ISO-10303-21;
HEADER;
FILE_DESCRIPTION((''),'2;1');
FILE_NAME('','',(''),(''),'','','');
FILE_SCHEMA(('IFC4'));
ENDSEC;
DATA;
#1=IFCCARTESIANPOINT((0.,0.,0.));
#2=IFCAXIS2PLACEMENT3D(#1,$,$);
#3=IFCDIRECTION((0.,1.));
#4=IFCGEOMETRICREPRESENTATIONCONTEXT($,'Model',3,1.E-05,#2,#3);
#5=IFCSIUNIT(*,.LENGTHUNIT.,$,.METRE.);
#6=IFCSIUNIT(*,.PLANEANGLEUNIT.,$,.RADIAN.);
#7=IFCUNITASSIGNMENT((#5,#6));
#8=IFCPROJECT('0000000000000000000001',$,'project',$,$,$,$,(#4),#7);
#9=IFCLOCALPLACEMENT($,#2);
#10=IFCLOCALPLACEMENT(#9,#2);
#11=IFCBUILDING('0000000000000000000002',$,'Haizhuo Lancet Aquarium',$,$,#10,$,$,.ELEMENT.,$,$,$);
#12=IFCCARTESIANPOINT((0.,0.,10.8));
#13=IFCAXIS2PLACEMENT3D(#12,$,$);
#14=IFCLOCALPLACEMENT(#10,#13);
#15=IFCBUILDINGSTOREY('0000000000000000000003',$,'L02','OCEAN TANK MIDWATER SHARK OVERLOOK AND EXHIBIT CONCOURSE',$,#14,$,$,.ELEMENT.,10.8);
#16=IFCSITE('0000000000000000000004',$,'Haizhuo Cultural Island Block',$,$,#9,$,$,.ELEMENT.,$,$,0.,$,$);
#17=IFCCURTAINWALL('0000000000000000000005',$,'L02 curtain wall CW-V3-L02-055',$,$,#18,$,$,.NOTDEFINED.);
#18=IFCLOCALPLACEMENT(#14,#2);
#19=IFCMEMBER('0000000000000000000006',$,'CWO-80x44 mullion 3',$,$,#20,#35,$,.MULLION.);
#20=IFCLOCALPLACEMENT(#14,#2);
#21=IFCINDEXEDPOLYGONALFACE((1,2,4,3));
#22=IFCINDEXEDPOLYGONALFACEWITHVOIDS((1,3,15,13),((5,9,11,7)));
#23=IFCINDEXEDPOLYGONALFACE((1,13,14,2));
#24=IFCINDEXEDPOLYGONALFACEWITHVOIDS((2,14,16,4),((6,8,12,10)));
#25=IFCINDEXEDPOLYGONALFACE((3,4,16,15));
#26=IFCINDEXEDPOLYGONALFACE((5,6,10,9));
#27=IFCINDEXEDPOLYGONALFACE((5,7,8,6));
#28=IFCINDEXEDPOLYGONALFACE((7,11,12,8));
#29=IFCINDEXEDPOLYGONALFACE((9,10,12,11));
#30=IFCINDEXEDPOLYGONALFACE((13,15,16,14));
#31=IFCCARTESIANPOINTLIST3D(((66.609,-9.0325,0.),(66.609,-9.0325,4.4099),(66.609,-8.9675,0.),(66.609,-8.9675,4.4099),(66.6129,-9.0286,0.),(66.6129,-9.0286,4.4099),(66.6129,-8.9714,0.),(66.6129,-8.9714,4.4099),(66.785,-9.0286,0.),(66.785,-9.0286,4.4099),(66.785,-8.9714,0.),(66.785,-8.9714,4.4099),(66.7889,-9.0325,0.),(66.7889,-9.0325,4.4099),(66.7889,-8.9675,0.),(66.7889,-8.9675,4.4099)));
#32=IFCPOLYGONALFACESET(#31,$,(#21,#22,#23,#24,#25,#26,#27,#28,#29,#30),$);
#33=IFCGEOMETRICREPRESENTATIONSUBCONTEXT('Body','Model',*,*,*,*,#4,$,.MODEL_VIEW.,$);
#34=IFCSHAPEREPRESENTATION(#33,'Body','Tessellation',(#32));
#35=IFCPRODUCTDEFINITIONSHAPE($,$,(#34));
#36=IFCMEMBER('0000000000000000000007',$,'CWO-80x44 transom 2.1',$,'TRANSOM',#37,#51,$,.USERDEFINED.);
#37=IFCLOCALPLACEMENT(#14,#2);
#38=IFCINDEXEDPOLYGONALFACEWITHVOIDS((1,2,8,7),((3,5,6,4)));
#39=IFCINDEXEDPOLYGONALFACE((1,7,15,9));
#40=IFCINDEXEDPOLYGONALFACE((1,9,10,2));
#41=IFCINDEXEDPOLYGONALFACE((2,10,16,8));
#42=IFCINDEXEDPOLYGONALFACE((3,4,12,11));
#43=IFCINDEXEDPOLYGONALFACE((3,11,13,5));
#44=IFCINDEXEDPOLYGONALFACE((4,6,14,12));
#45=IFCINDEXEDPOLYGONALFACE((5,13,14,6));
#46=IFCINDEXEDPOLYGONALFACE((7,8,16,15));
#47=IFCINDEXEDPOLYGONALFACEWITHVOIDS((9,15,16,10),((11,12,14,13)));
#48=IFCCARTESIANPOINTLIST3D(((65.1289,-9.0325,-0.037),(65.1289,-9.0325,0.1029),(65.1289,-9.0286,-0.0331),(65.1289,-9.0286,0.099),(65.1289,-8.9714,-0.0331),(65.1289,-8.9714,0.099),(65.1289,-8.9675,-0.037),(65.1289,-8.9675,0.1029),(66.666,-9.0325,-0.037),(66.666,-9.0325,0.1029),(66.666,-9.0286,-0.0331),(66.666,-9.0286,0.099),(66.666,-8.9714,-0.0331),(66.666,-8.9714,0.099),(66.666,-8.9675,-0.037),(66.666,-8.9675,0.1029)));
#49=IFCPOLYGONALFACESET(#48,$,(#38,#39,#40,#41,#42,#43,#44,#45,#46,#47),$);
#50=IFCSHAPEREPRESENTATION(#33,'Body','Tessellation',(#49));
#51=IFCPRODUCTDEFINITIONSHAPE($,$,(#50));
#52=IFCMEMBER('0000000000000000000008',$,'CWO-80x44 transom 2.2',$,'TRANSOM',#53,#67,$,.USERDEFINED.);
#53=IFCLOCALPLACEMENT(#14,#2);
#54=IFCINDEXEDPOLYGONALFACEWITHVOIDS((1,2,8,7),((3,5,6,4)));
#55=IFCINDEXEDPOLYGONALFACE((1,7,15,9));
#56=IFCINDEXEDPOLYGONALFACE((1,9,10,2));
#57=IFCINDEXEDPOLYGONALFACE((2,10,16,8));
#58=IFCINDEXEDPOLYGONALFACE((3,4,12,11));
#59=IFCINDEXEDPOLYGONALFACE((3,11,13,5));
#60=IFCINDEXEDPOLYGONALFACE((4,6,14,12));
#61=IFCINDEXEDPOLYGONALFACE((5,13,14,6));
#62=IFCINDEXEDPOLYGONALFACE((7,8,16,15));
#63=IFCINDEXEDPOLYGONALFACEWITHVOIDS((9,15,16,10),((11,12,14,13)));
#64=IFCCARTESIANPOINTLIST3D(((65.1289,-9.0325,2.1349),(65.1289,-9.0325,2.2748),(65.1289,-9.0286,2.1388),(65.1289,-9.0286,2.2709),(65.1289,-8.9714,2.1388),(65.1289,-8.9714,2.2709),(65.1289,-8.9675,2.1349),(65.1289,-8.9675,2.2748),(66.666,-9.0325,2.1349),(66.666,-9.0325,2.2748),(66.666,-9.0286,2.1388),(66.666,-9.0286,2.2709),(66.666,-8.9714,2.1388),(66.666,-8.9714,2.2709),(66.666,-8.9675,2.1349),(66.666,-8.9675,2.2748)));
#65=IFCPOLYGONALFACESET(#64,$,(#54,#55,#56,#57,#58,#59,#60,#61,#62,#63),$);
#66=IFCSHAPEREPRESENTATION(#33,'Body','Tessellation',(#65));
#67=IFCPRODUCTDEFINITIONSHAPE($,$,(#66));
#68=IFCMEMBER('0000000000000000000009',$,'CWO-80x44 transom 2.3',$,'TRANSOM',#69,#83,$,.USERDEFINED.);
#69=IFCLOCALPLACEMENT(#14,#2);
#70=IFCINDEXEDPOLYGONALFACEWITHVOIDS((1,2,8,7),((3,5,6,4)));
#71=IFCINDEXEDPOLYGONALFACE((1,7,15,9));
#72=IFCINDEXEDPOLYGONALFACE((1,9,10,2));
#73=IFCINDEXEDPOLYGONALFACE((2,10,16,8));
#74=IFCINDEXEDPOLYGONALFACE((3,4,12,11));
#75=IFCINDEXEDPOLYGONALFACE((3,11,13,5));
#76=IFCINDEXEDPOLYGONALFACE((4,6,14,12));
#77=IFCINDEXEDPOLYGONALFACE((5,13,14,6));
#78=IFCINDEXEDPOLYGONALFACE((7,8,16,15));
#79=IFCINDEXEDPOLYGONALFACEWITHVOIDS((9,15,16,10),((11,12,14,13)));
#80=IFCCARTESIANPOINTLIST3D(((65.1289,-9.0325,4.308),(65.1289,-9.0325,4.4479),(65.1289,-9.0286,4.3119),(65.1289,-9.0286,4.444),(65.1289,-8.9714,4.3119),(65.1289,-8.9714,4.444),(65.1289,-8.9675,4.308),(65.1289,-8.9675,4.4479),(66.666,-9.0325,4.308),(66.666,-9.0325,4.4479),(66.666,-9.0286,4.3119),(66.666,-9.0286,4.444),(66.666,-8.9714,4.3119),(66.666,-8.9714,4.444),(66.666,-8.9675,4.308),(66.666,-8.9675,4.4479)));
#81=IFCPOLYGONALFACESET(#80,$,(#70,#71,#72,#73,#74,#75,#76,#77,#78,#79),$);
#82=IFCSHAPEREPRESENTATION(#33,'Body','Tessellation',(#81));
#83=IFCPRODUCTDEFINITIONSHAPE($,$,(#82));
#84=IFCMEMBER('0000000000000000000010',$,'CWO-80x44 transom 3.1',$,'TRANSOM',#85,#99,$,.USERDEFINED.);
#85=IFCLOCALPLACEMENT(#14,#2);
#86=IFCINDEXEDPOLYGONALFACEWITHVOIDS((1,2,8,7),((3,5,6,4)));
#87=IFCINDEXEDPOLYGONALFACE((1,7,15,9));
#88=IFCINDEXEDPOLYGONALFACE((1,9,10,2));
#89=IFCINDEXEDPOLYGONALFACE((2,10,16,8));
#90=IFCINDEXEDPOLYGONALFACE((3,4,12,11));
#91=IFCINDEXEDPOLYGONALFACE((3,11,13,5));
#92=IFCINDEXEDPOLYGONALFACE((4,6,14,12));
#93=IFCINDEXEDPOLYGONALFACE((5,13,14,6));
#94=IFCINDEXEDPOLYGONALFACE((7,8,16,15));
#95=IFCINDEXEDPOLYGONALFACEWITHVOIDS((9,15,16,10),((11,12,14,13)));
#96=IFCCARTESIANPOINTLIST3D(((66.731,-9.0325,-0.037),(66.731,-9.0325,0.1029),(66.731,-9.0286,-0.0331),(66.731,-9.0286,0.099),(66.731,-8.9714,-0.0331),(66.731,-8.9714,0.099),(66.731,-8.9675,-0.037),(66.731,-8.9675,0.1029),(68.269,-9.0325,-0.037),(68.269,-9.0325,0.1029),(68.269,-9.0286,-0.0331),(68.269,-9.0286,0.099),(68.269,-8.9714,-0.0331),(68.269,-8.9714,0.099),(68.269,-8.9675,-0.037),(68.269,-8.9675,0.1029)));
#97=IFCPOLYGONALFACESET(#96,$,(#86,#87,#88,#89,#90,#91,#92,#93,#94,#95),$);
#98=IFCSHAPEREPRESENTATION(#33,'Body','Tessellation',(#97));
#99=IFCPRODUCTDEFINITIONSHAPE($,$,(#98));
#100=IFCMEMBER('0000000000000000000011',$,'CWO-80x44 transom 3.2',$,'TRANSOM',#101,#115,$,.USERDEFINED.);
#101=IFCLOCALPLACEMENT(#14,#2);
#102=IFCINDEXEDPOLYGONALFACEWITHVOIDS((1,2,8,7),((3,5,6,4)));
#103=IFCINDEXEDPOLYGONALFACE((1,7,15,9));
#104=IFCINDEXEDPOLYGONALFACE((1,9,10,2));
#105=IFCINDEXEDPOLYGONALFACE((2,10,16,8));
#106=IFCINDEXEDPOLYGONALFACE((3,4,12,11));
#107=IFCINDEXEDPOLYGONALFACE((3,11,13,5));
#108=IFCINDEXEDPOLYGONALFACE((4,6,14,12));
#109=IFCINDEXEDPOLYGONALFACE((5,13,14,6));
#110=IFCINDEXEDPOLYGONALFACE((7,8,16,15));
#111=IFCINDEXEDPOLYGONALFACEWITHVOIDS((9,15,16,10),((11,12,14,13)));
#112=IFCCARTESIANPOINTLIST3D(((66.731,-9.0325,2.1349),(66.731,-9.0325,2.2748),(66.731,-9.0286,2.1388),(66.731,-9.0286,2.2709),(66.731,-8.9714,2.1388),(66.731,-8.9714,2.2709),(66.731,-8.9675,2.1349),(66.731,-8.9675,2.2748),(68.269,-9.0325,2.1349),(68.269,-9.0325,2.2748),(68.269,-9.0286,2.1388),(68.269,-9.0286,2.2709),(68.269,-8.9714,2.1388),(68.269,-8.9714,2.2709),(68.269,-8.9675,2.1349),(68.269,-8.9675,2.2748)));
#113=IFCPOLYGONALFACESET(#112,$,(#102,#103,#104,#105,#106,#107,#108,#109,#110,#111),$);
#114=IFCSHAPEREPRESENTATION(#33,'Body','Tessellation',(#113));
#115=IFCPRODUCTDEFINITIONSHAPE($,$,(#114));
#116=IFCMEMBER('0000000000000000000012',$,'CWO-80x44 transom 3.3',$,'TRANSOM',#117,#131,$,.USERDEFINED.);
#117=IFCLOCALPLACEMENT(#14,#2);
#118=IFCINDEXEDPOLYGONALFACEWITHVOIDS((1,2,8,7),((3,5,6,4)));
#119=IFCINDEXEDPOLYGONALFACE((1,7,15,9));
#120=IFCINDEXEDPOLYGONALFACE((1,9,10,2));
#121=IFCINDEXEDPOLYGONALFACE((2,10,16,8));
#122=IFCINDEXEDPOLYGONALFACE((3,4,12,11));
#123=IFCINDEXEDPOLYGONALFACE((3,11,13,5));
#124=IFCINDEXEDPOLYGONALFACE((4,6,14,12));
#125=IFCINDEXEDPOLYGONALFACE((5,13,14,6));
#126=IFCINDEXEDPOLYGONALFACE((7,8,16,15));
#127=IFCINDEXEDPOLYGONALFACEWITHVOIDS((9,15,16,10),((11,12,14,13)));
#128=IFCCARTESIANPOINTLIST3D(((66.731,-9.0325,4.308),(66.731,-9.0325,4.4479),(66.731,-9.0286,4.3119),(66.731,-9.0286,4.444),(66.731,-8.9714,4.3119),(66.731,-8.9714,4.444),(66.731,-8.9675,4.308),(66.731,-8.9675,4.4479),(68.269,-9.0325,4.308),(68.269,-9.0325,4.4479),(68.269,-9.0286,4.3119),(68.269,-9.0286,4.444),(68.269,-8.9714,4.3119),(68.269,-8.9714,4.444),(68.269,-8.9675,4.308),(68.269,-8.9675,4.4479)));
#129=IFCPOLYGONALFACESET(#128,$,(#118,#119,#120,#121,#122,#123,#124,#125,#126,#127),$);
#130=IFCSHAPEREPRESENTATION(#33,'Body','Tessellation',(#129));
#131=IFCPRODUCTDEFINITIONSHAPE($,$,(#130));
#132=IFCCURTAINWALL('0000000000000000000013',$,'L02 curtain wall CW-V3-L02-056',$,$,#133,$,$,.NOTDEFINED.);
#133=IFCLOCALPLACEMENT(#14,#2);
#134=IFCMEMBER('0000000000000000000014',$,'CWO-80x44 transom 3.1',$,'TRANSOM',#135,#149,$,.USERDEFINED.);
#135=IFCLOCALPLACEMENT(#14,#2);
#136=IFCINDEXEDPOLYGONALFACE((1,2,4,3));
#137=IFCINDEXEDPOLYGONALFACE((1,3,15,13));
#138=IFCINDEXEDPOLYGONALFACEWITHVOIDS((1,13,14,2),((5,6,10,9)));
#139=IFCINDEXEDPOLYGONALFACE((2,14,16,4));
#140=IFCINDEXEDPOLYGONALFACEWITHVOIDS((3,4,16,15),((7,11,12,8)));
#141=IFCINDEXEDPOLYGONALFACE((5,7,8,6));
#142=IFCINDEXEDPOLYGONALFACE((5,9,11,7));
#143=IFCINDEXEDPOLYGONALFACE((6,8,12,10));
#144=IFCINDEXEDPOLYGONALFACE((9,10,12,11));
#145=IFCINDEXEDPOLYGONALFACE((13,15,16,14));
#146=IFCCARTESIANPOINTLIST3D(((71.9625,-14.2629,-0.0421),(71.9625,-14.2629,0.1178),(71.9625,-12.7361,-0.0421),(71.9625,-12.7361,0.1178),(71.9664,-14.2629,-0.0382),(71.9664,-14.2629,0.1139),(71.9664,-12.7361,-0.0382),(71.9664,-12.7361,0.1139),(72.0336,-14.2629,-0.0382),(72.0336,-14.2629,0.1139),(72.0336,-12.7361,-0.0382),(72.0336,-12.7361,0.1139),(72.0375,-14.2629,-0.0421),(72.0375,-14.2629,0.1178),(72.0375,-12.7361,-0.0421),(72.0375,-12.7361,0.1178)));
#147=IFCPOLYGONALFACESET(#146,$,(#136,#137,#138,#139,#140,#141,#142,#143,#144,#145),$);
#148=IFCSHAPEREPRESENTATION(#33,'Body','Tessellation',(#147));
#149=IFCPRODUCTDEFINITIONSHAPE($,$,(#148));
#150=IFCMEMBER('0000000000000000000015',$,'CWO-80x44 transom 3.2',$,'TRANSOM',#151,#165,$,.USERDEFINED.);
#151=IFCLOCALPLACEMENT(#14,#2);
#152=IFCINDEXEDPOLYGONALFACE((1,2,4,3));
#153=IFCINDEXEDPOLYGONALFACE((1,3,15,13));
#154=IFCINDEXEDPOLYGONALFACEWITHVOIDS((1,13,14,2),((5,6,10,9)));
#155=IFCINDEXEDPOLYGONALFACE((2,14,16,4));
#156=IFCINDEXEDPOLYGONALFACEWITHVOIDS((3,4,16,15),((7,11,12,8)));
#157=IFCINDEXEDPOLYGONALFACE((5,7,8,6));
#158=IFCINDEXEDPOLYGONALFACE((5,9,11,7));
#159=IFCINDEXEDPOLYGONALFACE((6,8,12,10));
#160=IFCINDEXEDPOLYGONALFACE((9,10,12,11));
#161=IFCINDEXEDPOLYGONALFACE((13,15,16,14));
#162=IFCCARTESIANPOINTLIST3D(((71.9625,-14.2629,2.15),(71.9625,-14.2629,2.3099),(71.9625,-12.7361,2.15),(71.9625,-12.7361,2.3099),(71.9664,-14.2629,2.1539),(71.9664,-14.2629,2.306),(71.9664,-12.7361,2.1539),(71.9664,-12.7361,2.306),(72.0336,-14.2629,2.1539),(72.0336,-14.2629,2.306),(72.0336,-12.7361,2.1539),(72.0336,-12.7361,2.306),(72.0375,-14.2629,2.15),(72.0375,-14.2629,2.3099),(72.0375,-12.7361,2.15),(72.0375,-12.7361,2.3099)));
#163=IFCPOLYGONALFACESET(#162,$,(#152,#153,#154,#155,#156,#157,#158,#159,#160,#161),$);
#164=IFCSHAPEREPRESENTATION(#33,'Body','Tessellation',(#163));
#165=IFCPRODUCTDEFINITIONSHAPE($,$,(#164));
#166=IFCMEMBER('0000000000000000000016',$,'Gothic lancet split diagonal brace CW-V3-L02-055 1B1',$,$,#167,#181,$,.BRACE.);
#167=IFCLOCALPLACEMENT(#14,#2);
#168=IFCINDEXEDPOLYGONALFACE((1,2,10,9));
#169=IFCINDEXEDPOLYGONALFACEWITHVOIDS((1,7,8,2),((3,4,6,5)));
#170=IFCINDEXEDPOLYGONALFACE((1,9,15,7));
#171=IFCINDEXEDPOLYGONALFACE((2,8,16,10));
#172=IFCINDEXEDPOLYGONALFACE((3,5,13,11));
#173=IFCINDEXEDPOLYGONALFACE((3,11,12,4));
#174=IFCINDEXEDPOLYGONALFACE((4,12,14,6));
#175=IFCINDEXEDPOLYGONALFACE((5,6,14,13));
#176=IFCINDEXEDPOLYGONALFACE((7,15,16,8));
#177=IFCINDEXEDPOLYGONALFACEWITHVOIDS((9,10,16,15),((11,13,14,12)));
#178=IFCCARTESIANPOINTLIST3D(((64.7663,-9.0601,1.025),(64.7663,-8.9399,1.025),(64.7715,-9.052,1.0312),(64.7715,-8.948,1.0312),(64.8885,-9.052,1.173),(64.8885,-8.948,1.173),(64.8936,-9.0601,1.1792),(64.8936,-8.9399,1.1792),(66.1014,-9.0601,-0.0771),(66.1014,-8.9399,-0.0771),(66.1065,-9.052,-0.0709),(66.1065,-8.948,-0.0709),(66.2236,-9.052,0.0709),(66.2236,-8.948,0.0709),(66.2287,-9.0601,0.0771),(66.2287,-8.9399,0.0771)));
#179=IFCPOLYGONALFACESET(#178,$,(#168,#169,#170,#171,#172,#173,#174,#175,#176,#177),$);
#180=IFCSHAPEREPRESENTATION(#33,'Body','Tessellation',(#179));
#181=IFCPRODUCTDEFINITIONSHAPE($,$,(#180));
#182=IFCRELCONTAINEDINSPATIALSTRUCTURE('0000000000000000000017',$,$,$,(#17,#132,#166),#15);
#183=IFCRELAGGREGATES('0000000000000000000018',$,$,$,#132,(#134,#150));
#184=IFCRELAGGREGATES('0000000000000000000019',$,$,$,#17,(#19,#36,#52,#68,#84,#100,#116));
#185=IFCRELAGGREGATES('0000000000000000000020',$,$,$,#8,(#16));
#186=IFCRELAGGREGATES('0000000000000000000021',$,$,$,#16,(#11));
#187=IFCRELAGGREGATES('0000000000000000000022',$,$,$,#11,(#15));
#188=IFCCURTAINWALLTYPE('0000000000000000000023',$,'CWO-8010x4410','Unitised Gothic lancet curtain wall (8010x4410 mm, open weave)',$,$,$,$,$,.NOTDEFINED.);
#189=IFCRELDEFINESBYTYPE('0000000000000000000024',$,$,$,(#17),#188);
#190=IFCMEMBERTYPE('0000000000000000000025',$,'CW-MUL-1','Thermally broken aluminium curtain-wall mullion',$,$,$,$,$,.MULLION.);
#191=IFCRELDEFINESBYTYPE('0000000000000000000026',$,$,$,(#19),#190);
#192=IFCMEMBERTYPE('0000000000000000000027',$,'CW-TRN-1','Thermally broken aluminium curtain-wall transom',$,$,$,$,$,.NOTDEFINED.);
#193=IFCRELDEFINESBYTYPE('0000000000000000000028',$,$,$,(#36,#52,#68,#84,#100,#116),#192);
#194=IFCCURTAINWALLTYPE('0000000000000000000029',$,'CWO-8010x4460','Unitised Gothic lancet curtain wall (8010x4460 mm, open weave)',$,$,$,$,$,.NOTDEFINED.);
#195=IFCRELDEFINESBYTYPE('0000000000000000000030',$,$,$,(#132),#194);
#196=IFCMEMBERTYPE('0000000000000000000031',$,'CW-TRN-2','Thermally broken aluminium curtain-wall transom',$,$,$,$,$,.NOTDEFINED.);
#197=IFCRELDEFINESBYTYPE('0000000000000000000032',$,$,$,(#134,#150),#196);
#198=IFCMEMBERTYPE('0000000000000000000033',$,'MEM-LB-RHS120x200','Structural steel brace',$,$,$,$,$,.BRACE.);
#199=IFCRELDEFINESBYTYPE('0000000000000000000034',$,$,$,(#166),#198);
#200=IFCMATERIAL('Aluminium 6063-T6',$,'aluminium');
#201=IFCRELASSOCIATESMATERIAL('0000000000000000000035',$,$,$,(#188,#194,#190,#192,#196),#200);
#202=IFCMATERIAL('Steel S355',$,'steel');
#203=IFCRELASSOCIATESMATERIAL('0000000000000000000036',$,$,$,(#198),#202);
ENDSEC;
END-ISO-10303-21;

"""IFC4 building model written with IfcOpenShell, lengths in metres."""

from ifc_helpers import new_model, si_unit, direction, frame, origin, origin_2d, place, context, subcontext, project, spatial, hollow_rectangle, extrude, material, material_profile, profile_set, type_object, element, aggregate, save


model = new_model("IFC4")

# Units and contexts
model_context = context("Model", 3, precision=1e-05, world=origin(), true_north=direction((0.0, 1.0)))
body_context = subcontext(model_context, "Body", "Model", "MODEL_VIEW")
ifc_project = project(units=[si_unit("LENGTHUNIT", "METRE"), si_unit("PLANEANGLEUNIT", "RADIAN")], contexts=[model_context])

# Site, building, storey
site_placement = place(None, origin())
site = spatial("IfcSite", under=ifc_project, at=site_placement, Name="Haizhuo Cultural Island Block", CompositionType="ELEMENT", RefElevation=0.0)
building_placement = place(site_placement, origin())
building = spatial("IfcBuilding", under=site, at=building_placement, Name="Haizhuo Lancet Aquarium", CompositionType="ELEMENT")
storey_placement = place(building_placement, frame((0.0, 0.0, 10.8)))
storey = spatial("IfcBuildingStorey", under=building, at=storey_placement, Name="L02", Description="OCEAN TANK MIDWATER SHARK OVERLOOK AND EXHIBIT CONCOURSE", CompositionType="ELEMENT", Elevation=10.8)

# Curtain walls, members
ifc_material_1 = material(Name="Aluminium 6063-T6", Category="aluminium")
curtain_wall_type_1 = type_object("IfcCurtainWallType", Name="CWO-8010x4410", Description="Unitised Gothic lancet curtain wall (8010x4410 mm, open weave)", PredefinedType="NOTDEFINED", material=ifc_material_1)
curtain_wall_1_placement = place(storey_placement, origin())
curtain_wall_1 = element("IfcCurtainWall", 1, at=curtain_wall_1_placement, inside=storey, type_object=curtain_wall_type_1, Name="L02 curtain wall CW-V3-L02-055", PredefinedType="NOTDEFINED")
ifc_material_profile_1 = material_profile(ifc_material_1, hollow_rectangle(XDim=0.0649, YDim=0.1799, WallThickness=0.0039, at=origin_2d()), Name="ALU-M 65x180x4")
ifc_profile_set_1 = profile_set([ifc_material_profile_1], Name="Aluminium 6063-T6")
member_type_1 = type_object("IfcMemberType", Name="CW-MUL-1", Description="Thermally broken aluminium curtain-wall mullion", PredefinedType="MULLION", material=ifc_profile_set_1)
member_1_placement = place(storey_placement, frame((66.699, -9.0, 0.0), z_axis=(0.0, 0.0, 1.0), x_axis=(0.0, 1.0, 0.0)))
member_1 = element("IfcMember", 2, at=member_1_placement, type_object=member_type_1, Name="CWO-80x44 mullion 3", PredefinedType="MULLION", context=body_context, shape_type="SweptSolid", body=[
    extrude(hollow_rectangle(XDim=0.0649, YDim=0.1799, WallThickness=0.0039, at=origin_2d()), origin(), (0.0, 0.0, 1.0), 4.4099),
])
ifc_material_profile_2 = material_profile(ifc_material_1, hollow_rectangle(XDim=0.0649, YDim=0.1399, WallThickness=0.0039, at=origin_2d()), Name="ALU-T 65x140x4")
ifc_profile_set_2 = profile_set([ifc_material_profile_2], Name="Aluminium 6063-T6")
member_type_2 = type_object("IfcMemberType", Name="CW-TRN-1", Description="Thermally broken aluminium curtain-wall transom", PredefinedType="NOTDEFINED", material=ifc_profile_set_2)
member_2_placement = place(storey_placement, frame((65.1289, -9.0, 0.033), z_axis=(1.0, 0.0, 0.0), x_axis=(0.0, 1.0, 0.0)))
member_2 = element("IfcMember", 3, at=member_2_placement, type_object=member_type_2, Name="CWO-80x44 transom 2.1", ObjectType="TRANSOM", PredefinedType="USERDEFINED", context=body_context, shape_type="SweptSolid", body=[
    extrude(hollow_rectangle(XDim=0.0649, YDim=0.1399, WallThickness=0.0039, at=origin_2d()), origin(), (0.0, 0.0, 1.0), 1.5371),
])
member_3_placement = place(storey_placement, frame((65.1289, -9.0, 2.2048), z_axis=(1.0, 0.0, 0.0), x_axis=(0.0, 1.0, 0.0)))
member_3 = element("IfcMember", 4, at=member_3_placement, type_object=member_type_2, Name="CWO-80x44 transom 2.2", ObjectType="TRANSOM", PredefinedType="USERDEFINED", context=body_context, shape_type="SweptSolid", body=[
    extrude(hollow_rectangle(XDim=0.0649, YDim=0.1399, WallThickness=0.0039, at=origin_2d()), origin(), (0.0, 0.0, 1.0), 1.5371),
])
member_4_placement = place(storey_placement, frame((65.1289, -9.0, 4.3779), z_axis=(1.0, 0.0, 0.0), x_axis=(0.0, 1.0, 0.0)))
member_4 = element("IfcMember", 5, at=member_4_placement, type_object=member_type_2, Name="CWO-80x44 transom 2.3", ObjectType="TRANSOM", PredefinedType="USERDEFINED", context=body_context, shape_type="SweptSolid", body=[
    extrude(hollow_rectangle(XDim=0.0649, YDim=0.1399, WallThickness=0.0039, at=origin_2d()), origin(), (0.0, 0.0, 1.0), 1.5371),
])
member_5_placement = place(storey_placement, frame((66.731, -9.0, 0.033), z_axis=(1.0, 0.0, 0.0), x_axis=(0.0, 1.0, 0.0)))
member_5 = element("IfcMember", 6, at=member_5_placement, type_object=member_type_2, Name="CWO-80x44 transom 3.1", ObjectType="TRANSOM", PredefinedType="USERDEFINED", context=body_context, shape_type="SweptSolid", body=[
    extrude(hollow_rectangle(XDim=0.0649, YDim=0.1399, WallThickness=0.0039, at=origin_2d()), origin(), (0.0, 0.0, 1.0), 1.5381),
])
member_6_placement = place(storey_placement, frame((66.731, -9.0, 2.2048), z_axis=(1.0, 0.0, 0.0), x_axis=(0.0, 1.0, 0.0)))
member_6 = element("IfcMember", 7, at=member_6_placement, type_object=member_type_2, Name="CWO-80x44 transom 3.2", ObjectType="TRANSOM", PredefinedType="USERDEFINED", context=body_context, shape_type="SweptSolid", body=[
    extrude(hollow_rectangle(XDim=0.0649, YDim=0.1399, WallThickness=0.0039, at=origin_2d()), origin(), (0.0, 0.0, 1.0), 1.5381),
])
member_7_placement = place(storey_placement, frame((66.731, -9.0, 4.3779), z_axis=(1.0, 0.0, 0.0), x_axis=(0.0, 1.0, 0.0)))
member_7 = element("IfcMember", 8, at=member_7_placement, type_object=member_type_2, Name="CWO-80x44 transom 3.3", ObjectType="TRANSOM", PredefinedType="USERDEFINED", context=body_context, shape_type="SweptSolid", body=[
    extrude(hollow_rectangle(XDim=0.0649, YDim=0.1399, WallThickness=0.0039, at=origin_2d()), origin(), (0.0, 0.0, 1.0), 1.5381),
])
curtain_wall_type_2 = type_object("IfcCurtainWallType", Name="CWO-8010x4460", Description="Unitised Gothic lancet curtain wall (8010x4460 mm, open weave)", PredefinedType="NOTDEFINED", material=ifc_material_1)
curtain_wall_2_placement = place(storey_placement, origin())
curtain_wall_2 = element("IfcCurtainWall", 9, at=curtain_wall_2_placement, inside=storey, type_object=curtain_wall_type_2, Name="L02 curtain wall CW-V3-L02-056", PredefinedType="NOTDEFINED")
ifc_material_profile_3 = material_profile(ifc_material_1, hollow_rectangle(XDim=0.075, YDim=0.1599, WallThickness=0.0039, at=origin_2d()), Name="ALU-T 75x160x4")
ifc_profile_set_3 = profile_set([ifc_material_profile_3], Name="Aluminium 6063-T6")
member_type_3 = type_object("IfcMemberType", Name="CW-TRN-2", Description="Thermally broken aluminium curtain-wall transom", PredefinedType="NOTDEFINED", material=ifc_profile_set_3)
member_8_placement = place(storey_placement, frame((72.0, -12.7361, 0.0378), z_axis=(0.0, -1.0, 0.0), x_axis=(1.0, 0.0, 0.0)))
member_8 = element("IfcMember", 10, at=member_8_placement, type_object=member_type_3, Name="CWO-80x44 transom 3.1", ObjectType="TRANSOM", PredefinedType="USERDEFINED", context=body_context, shape_type="SweptSolid", body=[
    extrude(hollow_rectangle(XDim=0.075, YDim=0.1599, WallThickness=0.0039, at=origin_2d()), origin(), (0.0, 0.0, 1.0), 1.5269),
])
member_9_placement = place(storey_placement, frame((72.0, -12.7361, 2.23), z_axis=(0.0, -1.0, 0.0), x_axis=(1.0, 0.0, 0.0)))
member_9 = element("IfcMember", 11, at=member_9_placement, type_object=member_type_3, Name="CWO-80x44 transom 3.2", ObjectType="TRANSOM", PredefinedType="USERDEFINED", context=body_context, shape_type="SweptSolid", body=[
    extrude(hollow_rectangle(XDim=0.075, YDim=0.1599, WallThickness=0.0039, at=origin_2d()), origin(), (0.0, 0.0, 1.0), 1.5269),
])
aggregate(curtain_wall_2, [member_8, member_9])

# Member
ifc_material_2 = material(Name="Steel S355", Category="steel")
ifc_material_profile_4 = material_profile(ifc_material_2, hollow_rectangle(XDim=0.1201, YDim=0.2, WallThickness=0.0081, at=origin_2d()), Name="RHS 120x200x8")
ifc_profile_set_4 = profile_set([ifc_material_profile_4], Name="Steel S355")
member_type_4 = type_object("IfcMemberType", Name="MEM-LB-RHS120x200", Description="Structural steel brace", PredefinedType="BRACE", material=ifc_profile_set_4)
member_10_placement = place(storey_placement, frame((66.165, -9.0, 0.0), z_axis=(-0.771172, 0.0, 0.636626), x_axis=(0.0, -1.0, 0.0)))
element("IfcMember", 12, at=member_10_placement, inside=storey, type_object=member_type_4, Name="Gothic lancet split diagonal brace CW-V3-L02-055 1B1", PredefinedType="BRACE", context=body_context, shape_type="SweptSolid", body=[
    extrude(hollow_rectangle(XDim=0.1201, YDim=0.2, WallThickness=0.0081, at=origin_2d()), origin(), (0.0, 0.0, 1.0), 1.7312),
])

aggregate(curtain_wall_1, [member_1, member_2, member_3, member_4, member_5, member_6, member_7])

save(model, "model.ifc")
